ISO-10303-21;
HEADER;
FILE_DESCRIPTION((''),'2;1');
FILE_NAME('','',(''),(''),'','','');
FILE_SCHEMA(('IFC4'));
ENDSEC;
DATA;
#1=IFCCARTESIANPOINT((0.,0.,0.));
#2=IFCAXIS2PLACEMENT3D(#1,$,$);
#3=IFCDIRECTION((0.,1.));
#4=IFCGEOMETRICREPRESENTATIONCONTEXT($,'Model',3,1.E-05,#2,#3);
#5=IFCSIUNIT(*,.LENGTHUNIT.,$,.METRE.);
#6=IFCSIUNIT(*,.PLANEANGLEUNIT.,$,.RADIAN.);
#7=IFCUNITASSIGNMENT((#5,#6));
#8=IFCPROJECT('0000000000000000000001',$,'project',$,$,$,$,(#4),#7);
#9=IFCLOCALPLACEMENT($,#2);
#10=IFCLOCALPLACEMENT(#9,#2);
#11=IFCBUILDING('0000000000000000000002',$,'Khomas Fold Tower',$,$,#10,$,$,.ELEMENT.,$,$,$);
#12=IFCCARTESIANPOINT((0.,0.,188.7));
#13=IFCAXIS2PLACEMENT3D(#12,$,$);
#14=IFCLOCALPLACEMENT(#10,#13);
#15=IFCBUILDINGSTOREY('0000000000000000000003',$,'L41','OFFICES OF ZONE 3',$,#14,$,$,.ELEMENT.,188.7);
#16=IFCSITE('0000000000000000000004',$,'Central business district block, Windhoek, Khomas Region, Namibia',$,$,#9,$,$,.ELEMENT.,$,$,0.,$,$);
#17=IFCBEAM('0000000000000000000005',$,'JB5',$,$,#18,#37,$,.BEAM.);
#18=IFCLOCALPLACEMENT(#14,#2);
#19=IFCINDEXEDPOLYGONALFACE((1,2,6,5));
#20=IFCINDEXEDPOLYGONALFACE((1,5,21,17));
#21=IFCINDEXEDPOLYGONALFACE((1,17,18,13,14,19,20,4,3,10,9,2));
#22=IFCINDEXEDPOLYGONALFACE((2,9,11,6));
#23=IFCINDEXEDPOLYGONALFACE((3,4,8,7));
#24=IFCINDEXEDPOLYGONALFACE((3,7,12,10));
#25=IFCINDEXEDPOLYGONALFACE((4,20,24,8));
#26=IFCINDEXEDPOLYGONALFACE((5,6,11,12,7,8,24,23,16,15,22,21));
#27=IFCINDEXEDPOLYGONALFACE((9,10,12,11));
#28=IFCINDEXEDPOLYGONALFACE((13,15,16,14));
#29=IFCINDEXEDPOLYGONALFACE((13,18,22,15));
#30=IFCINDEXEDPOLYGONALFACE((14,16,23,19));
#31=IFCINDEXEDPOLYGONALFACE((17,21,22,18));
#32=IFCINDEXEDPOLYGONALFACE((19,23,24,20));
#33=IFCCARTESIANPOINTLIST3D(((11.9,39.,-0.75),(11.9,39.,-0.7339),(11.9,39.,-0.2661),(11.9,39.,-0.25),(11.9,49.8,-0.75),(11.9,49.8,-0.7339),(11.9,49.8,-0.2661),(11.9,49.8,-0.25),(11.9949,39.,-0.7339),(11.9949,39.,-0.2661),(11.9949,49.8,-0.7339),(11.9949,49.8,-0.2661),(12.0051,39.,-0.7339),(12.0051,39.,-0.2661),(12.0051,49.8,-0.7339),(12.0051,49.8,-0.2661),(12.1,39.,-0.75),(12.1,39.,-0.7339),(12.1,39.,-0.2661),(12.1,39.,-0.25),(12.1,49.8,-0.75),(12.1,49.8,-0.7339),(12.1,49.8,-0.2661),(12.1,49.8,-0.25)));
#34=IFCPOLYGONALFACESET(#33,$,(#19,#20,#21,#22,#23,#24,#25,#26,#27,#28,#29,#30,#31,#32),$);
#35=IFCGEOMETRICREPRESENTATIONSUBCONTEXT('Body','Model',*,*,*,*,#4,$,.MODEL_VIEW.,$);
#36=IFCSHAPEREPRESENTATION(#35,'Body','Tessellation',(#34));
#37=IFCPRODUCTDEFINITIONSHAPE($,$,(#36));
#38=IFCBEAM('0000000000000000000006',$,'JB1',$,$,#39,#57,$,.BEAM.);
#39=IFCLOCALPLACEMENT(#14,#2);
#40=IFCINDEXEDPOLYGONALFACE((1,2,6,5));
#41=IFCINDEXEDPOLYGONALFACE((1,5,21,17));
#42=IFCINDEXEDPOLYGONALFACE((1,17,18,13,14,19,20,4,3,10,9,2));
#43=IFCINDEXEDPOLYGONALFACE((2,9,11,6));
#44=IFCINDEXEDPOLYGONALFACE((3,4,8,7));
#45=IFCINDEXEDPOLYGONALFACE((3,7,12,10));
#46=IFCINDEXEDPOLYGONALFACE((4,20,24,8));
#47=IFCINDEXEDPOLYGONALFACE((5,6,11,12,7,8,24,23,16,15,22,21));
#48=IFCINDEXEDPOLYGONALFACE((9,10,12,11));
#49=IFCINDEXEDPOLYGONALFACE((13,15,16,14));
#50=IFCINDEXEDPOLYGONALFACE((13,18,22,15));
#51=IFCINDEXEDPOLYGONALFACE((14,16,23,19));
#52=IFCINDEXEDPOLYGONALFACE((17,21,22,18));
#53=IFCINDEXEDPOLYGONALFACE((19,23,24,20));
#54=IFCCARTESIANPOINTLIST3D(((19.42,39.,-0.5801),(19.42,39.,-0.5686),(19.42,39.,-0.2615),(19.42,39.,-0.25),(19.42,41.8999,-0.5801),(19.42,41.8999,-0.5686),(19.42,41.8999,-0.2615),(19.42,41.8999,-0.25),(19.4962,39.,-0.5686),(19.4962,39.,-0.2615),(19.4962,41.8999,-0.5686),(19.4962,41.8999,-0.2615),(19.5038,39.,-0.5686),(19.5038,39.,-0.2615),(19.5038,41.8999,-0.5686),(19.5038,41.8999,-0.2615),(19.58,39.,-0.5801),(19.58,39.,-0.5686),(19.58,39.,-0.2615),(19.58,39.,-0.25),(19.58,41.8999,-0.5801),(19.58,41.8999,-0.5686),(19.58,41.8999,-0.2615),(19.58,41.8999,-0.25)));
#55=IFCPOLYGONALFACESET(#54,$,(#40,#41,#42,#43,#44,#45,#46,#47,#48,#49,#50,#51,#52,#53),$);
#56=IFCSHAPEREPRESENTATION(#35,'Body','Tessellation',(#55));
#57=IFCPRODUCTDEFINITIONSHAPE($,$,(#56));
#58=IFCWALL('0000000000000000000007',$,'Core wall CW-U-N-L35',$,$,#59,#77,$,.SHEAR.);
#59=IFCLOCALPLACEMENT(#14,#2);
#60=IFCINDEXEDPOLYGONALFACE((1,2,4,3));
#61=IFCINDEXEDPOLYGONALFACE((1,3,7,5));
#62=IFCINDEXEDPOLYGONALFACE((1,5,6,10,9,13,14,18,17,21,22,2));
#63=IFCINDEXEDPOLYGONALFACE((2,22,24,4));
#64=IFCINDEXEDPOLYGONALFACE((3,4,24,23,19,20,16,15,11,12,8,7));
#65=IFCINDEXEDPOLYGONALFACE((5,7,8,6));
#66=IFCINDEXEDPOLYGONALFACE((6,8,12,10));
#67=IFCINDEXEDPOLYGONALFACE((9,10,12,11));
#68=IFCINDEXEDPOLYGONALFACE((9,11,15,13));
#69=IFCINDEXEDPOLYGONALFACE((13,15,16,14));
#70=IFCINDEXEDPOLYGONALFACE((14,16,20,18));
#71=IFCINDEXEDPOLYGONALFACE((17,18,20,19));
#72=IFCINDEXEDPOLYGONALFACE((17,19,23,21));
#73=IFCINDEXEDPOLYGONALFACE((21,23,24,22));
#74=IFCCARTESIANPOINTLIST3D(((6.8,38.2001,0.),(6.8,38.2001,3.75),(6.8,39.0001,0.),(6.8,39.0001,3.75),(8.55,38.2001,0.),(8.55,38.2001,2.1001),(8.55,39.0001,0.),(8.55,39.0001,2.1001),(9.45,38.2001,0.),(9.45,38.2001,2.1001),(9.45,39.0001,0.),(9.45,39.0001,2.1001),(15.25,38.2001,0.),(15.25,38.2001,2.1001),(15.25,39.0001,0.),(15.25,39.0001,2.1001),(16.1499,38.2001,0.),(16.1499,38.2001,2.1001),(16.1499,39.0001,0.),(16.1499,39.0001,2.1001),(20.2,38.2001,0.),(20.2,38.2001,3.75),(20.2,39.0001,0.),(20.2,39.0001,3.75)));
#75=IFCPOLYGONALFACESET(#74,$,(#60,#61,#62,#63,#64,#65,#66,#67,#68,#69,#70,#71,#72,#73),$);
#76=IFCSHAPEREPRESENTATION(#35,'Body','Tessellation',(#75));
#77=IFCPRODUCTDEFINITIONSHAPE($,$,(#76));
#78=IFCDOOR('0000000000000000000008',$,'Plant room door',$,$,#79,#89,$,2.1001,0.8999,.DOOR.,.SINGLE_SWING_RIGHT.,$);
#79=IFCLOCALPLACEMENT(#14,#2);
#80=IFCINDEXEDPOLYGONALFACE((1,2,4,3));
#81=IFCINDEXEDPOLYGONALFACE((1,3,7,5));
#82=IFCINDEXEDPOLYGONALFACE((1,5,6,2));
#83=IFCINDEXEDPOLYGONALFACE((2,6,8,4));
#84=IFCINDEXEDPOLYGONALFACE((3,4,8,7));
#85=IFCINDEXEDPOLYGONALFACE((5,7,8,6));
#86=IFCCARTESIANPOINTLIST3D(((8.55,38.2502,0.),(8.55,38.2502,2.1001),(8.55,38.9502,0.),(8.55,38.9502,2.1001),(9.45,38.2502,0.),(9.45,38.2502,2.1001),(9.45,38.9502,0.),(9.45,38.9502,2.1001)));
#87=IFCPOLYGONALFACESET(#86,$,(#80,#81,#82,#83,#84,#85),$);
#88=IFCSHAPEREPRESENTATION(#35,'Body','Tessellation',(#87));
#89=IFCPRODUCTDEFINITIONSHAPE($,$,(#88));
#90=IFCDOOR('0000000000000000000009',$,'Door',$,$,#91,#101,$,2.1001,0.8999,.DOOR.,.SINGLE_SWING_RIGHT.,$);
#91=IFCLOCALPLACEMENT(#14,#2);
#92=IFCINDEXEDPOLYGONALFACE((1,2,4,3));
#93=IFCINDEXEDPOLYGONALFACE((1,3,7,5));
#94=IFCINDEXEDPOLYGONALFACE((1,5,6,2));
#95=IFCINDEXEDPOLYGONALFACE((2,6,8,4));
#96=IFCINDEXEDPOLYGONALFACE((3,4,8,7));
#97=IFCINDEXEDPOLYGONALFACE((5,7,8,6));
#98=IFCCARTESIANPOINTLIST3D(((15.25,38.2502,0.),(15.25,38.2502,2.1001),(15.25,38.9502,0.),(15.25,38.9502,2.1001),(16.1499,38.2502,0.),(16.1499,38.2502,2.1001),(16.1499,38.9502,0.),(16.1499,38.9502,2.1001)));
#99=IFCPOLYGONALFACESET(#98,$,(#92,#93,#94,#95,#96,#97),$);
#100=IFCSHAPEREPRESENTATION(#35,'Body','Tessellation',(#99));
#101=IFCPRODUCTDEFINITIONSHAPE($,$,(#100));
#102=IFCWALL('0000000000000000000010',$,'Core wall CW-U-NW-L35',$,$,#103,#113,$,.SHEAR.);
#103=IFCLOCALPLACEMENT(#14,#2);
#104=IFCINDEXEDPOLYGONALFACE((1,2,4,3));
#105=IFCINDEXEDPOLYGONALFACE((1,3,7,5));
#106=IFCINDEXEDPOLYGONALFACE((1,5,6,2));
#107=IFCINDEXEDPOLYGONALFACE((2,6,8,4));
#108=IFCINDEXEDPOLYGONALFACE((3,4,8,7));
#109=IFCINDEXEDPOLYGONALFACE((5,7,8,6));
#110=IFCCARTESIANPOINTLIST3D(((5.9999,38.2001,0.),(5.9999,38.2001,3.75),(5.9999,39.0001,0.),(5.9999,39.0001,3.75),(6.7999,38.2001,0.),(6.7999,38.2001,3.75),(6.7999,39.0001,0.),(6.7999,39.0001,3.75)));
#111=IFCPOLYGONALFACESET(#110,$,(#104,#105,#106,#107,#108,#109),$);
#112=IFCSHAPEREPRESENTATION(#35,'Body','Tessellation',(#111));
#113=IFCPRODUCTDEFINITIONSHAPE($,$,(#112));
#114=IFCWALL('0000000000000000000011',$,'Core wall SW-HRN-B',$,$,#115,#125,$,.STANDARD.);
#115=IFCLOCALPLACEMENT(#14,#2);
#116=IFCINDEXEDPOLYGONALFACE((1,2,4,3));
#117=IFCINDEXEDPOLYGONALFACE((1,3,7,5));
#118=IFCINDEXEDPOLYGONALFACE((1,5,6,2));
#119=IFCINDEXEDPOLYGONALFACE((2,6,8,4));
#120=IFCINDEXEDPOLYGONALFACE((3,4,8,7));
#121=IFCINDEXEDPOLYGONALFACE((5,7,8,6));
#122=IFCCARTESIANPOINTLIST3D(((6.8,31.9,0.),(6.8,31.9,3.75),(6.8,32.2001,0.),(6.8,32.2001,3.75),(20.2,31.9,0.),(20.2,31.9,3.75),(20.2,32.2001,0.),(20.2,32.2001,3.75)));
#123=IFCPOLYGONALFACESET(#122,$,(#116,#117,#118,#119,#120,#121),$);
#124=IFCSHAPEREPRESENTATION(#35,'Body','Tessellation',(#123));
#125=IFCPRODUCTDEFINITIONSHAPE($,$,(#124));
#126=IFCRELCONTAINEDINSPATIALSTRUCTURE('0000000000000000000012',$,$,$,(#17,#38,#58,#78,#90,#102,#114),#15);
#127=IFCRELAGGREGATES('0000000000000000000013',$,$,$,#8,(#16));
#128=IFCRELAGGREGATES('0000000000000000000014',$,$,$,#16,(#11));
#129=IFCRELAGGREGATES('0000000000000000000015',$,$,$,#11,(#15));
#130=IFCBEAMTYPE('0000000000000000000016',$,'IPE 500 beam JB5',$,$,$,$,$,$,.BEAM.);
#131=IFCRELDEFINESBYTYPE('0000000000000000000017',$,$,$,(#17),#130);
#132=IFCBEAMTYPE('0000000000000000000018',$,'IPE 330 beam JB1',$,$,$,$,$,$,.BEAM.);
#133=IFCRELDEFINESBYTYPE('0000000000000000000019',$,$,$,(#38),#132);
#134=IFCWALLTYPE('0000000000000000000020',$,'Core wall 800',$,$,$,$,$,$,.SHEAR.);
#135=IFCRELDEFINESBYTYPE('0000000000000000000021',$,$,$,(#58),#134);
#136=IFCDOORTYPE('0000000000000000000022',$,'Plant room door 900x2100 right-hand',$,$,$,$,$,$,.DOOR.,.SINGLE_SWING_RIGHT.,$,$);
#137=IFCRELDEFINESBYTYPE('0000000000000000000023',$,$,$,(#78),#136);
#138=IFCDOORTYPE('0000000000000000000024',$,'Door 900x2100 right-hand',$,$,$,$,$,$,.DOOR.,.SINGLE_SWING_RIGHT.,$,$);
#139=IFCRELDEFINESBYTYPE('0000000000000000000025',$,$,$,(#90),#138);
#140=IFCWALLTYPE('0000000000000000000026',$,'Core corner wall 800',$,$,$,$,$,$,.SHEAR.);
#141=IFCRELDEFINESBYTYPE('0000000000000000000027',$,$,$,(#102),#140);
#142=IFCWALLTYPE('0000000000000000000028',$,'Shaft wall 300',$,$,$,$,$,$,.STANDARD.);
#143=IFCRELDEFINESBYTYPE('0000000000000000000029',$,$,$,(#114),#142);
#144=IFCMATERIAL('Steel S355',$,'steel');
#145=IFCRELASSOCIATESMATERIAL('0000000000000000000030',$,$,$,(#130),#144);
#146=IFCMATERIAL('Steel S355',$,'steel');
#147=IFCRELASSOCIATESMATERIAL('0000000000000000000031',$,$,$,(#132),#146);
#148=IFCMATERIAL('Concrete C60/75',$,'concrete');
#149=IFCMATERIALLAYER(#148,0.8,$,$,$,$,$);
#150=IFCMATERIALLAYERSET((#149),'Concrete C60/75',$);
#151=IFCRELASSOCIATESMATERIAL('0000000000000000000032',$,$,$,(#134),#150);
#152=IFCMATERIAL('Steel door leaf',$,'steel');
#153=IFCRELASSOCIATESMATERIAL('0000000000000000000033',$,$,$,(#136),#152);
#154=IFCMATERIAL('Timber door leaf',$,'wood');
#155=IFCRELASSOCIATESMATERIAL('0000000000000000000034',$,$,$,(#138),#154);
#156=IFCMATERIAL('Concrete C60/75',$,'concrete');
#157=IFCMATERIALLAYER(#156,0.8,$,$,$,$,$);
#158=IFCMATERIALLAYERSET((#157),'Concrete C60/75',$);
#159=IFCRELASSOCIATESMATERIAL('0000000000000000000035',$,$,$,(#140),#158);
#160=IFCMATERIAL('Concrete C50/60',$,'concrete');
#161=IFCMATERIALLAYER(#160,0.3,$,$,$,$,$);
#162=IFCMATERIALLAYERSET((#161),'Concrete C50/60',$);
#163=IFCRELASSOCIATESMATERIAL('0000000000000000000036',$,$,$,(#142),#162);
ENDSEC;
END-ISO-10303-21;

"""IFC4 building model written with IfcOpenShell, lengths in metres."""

from ifc_helpers import new_model, si_unit, direction, frame, frame_2d, origin, origin_2d, place, context, subcontext, project, spatial, rectangle, i_section, extrude, source, transform, mapped, material, layer, layer_set, material_profile, profile_set, type_object, element, fill, save


model = new_model("IFC4")

# Units and contexts
model_context = context("Model", 3, precision=1e-05, world=origin(), true_north=direction((0.0, 1.0)))
body_context = subcontext(model_context, "Body", "Model", "MODEL_VIEW")
ifc_project = project(units=[si_unit("LENGTHUNIT", "METRE"), si_unit("PLANEANGLEUNIT", "RADIAN")], contexts=[model_context])

# Site, building, storey
site_placement = place(None, origin())
site = spatial("IfcSite", under=ifc_project, at=site_placement, Name="Central business district block, Windhoek, Khomas Region, Namibia", CompositionType="ELEMENT", RefElevation=0.0)
building_placement = place(site_placement, origin())
building = spatial("IfcBuilding", under=site, at=building_placement, Name="Khomas Fold Tower", CompositionType="ELEMENT")
storey_placement = place(building_placement, frame((0.0, 0.0, 188.7)))
storey = spatial("IfcBuildingStorey", under=building, at=storey_placement, Name="L41", Description="OFFICES OF ZONE 3", CompositionType="ELEMENT", Elevation=188.7)

# Beams
ifc_material_1 = material(Name="Steel S355", Category="steel")
ifc_material_profile_1 = material_profile(ifc_material_1, i_section(OverallWidth=0.2, OverallDepth=0.5, WebThickness=0.0103, FlangeThickness=0.0161, at=origin_2d()), Name="IPE 500")
ifc_profile_set_1 = profile_set([ifc_material_profile_1], Name="Steel S355")
beam_type_1 = type_object("IfcBeamType", Name="IPE 500 beam JB5", PredefinedType="BEAM", material=ifc_profile_set_1)
shared_shape_1 = source(origin(), body_context, "Body", "SweptSolid", [
    extrude(i_section(OverallWidth=0.2, OverallDepth=0.5, WebThickness=0.0103, FlangeThickness=0.0161, at=origin_2d()), origin(), (0.0, 0.0, 1.0), 10.8),
])
beam_1_placement = place(storey_placement, frame((12.0, 39.0, -0.5), z_axis=(0.0, 1.0, 0.0), x_axis=(-1.0, 0.0, 0.0)))
element("IfcBeam", 1, at=beam_1_placement, inside=storey, type_object=beam_type_1, Name="JB5", PredefinedType="BEAM", context=body_context, shape_type="MappedRepresentation", body=[
    mapped(shared_shape_1, transform((0.0, 0.0, 0.0))),
])
ifc_material_2 = material(Name="Steel S355", Category="steel")
ifc_material_profile_2 = material_profile(ifc_material_2, i_section(OverallWidth=0.1599, OverallDepth=0.3301, WebThickness=0.0076, FlangeThickness=0.0115, at=origin_2d()), Name="IPE 330")
ifc_profile_set_2 = profile_set([ifc_material_profile_2], Name="Steel S355")
beam_type_2 = type_object("IfcBeamType", Name="IPE 330 beam JB1", PredefinedType="BEAM", material=ifc_profile_set_2)
shared_shape_2 = source(origin(), body_context, "Body", "SweptSolid", [
    extrude(i_section(OverallWidth=0.1599, OverallDepth=0.3301, WebThickness=0.0076, FlangeThickness=0.0115, at=origin_2d()), origin(), (0.0, 0.0, 1.0), 2.8999),
])
beam_2_placement = place(storey_placement, frame((19.5, 39.0, -0.415), z_axis=(0.0, 1.0, 0.0), x_axis=(-1.0, 0.0, 0.0)))
element("IfcBeam", 2, at=beam_2_placement, inside=storey, type_object=beam_type_2, Name="JB1", PredefinedType="BEAM", context=body_context, shape_type="MappedRepresentation", body=[
    mapped(shared_shape_2, transform((0.0, 0.0, 0.0))),
])

# Wall, openings, doors
ifc_material_3 = material(Name="Concrete C60/75", Category="concrete")
ifc_layer_1 = layer(ifc_material_3, 0.8)
ifc_layer_set_1 = layer_set([ifc_layer_1], Name="Concrete C60/75")
wall_type_1 = type_object("IfcWallType", Name="Core wall 800", PredefinedType="SHEAR", material=ifc_layer_set_1)
shared_shape_3 = source(origin(), body_context, "Body", "SweptSolid", [
    extrude(rectangle(XDim=13.3999, YDim=0.8, at=frame_2d((6.7, 0.0))), origin(), (0.0, 0.0, 1.0), 3.75),
])
wall_1_placement = place(storey_placement, frame((6.8, 38.6001, 0.0), z_axis=(0.0, 0.0, 1.0), x_axis=(1.0, 0.0, 0.0)))
wall_1 = element("IfcWall", 3, at=wall_1_placement, inside=storey, type_object=wall_type_1, Name="Core wall CW-U-N-L35", PredefinedType="SHEAR", context=body_context, shape_type="MappedRepresentation", body=[
    mapped(shared_shape_3, transform((0.0, 0.0, 0.0))),
])
shared_shape_4 = source(origin(), body_context, "Body", "SweptSolid", [
    extrude(rectangle(XDim=0.8999, YDim=2.1001, at=frame_2d((0.45, 1.05))), frame((0.0, 0.4099, 0.0), z_axis=(0.0, -1.0, 0.0), x_axis=(1.0, 0.0, 0.0)), (0.0, 0.0, 1.0), 0.8201),
])
opening_1_placement = place(wall_1_placement, frame((1.75, 0.0, 0.0)))
opening_1 = element("IfcOpeningElement", 4, at=opening_1_placement, cuts=wall_1, PredefinedType="OPENING", context=body_context, shape_type="MappedRepresentation", body=[
    mapped(shared_shape_4, transform((0.0, 0.0, 0.0))),
])
opening_2_placement = place(wall_1_placement, frame((8.45, 0.0, 0.0)))
opening_2 = element("IfcOpeningElement", 5, at=opening_2_placement, cuts=wall_1, PredefinedType="OPENING", context=body_context, shape_type="MappedRepresentation", body=[
    mapped(shared_shape_4, transform((0.0, 0.0, 0.0))),
])
ifc_material_4 = material(Name="Steel door leaf", Category="steel")
door_type_1 = type_object("IfcDoorType", Name="Plant room door 900x2100 right-hand", OperationType="SINGLE_SWING_RIGHT", PredefinedType="DOOR", material=ifc_material_4)
shared_shape_5 = source(origin(), body_context, "Body", "SweptSolid", [
    extrude(rectangle(XDim=0.8999, YDim=2.1001, at=frame_2d((0.45, 1.05))), frame((0.0, 0.3501, 0.0), z_axis=(0.0, -1.0, 0.0), x_axis=(1.0, 0.0, 0.0)), (0.0, 0.0, 1.0), 0.7),
])
door_1_placement = place(opening_1_placement, origin())
door_1 = element("IfcDoor", 6, at=door_1_placement, inside=storey, type_object=door_type_1, Name="Plant room door", OperationType="SINGLE_SWING_RIGHT", OverallHeight=2.1001, OverallWidth=0.8999, PredefinedType="DOOR", context=body_context, shape_type="MappedRepresentation", body=[
    mapped(shared_shape_5, transform((0.0, 0.0, 0.0))),
])
fill(opening_1, door_1)
ifc_material_5 = material(Name="Timber door leaf", Category="wood")
door_type_2 = type_object("IfcDoorType", Name="Door 900x2100 right-hand", OperationType="SINGLE_SWING_RIGHT", PredefinedType="DOOR", material=ifc_material_5)
door_2_placement = place(opening_2_placement, origin())
door_2 = element("IfcDoor", 7, at=door_2_placement, inside=storey, type_object=door_type_2, Name="Door", OperationType="SINGLE_SWING_RIGHT", OverallHeight=2.1001, OverallWidth=0.8999, PredefinedType="DOOR", context=body_context, shape_type="MappedRepresentation", body=[
    mapped(shared_shape_5, transform((0.0, 0.0, 0.0))),
])
fill(opening_2, door_2)

# Walls
ifc_material_6 = material(Name="Concrete C60/75", Category="concrete")
ifc_layer_2 = layer(ifc_material_6, 0.8)
ifc_layer_set_2 = layer_set([ifc_layer_2], Name="Concrete C60/75")
wall_type_2 = type_object("IfcWallType", Name="Core corner wall 800", PredefinedType="SHEAR", material=ifc_layer_set_2)
shared_shape_6 = source(origin(), body_context, "Body", "SweptSolid", [
    extrude(rectangle(XDim=0.8, YDim=0.8, at=frame_2d((0.3999, 0.0))), origin(), (0.0, 0.0, 1.0), 3.75),
])
wall_2_placement = place(storey_placement, frame((6.0, 38.6001, 0.0), z_axis=(0.0, 0.0, 1.0), x_axis=(1.0, 0.0, 0.0)))
element("IfcWall", 8, at=wall_2_placement, inside=storey, type_object=wall_type_2, Name="Core wall CW-U-NW-L35", PredefinedType="SHEAR", context=body_context, shape_type="MappedRepresentation", body=[
    mapped(shared_shape_6, transform((0.0, 0.0, 0.0))),
])
ifc_material_7 = material(Name="Concrete C50/60", Category="concrete")
ifc_layer_3 = layer(ifc_material_7, 0.3)
ifc_layer_set_3 = layer_set([ifc_layer_3], Name="Concrete C50/60")
wall_type_3 = type_object("IfcWallType", Name="Shaft wall 300", PredefinedType="STANDARD", material=ifc_layer_set_3)
shared_shape_7 = source(origin(), body_context, "Body", "SweptSolid", [
    extrude(rectangle(XDim=13.3999, YDim=0.3, at=frame_2d((6.7, 0.0))), origin(), (0.0, 0.0, 1.0), 3.75),
])
wall_3_placement = place(storey_placement, frame((6.8, 32.05, 0.0), z_axis=(0.0, 0.0, 1.0), x_axis=(1.0, 0.0, 0.0)))
element("IfcWall", 9, at=wall_3_placement, inside=storey, type_object=wall_type_3, Name="Core wall SW-HRN-B", PredefinedType="STANDARD", context=body_context, shape_type="MappedRepresentation", body=[
    mapped(shared_shape_7, transform((0.0, 0.0, 0.0))),
])

save(model, "model.ifc")
